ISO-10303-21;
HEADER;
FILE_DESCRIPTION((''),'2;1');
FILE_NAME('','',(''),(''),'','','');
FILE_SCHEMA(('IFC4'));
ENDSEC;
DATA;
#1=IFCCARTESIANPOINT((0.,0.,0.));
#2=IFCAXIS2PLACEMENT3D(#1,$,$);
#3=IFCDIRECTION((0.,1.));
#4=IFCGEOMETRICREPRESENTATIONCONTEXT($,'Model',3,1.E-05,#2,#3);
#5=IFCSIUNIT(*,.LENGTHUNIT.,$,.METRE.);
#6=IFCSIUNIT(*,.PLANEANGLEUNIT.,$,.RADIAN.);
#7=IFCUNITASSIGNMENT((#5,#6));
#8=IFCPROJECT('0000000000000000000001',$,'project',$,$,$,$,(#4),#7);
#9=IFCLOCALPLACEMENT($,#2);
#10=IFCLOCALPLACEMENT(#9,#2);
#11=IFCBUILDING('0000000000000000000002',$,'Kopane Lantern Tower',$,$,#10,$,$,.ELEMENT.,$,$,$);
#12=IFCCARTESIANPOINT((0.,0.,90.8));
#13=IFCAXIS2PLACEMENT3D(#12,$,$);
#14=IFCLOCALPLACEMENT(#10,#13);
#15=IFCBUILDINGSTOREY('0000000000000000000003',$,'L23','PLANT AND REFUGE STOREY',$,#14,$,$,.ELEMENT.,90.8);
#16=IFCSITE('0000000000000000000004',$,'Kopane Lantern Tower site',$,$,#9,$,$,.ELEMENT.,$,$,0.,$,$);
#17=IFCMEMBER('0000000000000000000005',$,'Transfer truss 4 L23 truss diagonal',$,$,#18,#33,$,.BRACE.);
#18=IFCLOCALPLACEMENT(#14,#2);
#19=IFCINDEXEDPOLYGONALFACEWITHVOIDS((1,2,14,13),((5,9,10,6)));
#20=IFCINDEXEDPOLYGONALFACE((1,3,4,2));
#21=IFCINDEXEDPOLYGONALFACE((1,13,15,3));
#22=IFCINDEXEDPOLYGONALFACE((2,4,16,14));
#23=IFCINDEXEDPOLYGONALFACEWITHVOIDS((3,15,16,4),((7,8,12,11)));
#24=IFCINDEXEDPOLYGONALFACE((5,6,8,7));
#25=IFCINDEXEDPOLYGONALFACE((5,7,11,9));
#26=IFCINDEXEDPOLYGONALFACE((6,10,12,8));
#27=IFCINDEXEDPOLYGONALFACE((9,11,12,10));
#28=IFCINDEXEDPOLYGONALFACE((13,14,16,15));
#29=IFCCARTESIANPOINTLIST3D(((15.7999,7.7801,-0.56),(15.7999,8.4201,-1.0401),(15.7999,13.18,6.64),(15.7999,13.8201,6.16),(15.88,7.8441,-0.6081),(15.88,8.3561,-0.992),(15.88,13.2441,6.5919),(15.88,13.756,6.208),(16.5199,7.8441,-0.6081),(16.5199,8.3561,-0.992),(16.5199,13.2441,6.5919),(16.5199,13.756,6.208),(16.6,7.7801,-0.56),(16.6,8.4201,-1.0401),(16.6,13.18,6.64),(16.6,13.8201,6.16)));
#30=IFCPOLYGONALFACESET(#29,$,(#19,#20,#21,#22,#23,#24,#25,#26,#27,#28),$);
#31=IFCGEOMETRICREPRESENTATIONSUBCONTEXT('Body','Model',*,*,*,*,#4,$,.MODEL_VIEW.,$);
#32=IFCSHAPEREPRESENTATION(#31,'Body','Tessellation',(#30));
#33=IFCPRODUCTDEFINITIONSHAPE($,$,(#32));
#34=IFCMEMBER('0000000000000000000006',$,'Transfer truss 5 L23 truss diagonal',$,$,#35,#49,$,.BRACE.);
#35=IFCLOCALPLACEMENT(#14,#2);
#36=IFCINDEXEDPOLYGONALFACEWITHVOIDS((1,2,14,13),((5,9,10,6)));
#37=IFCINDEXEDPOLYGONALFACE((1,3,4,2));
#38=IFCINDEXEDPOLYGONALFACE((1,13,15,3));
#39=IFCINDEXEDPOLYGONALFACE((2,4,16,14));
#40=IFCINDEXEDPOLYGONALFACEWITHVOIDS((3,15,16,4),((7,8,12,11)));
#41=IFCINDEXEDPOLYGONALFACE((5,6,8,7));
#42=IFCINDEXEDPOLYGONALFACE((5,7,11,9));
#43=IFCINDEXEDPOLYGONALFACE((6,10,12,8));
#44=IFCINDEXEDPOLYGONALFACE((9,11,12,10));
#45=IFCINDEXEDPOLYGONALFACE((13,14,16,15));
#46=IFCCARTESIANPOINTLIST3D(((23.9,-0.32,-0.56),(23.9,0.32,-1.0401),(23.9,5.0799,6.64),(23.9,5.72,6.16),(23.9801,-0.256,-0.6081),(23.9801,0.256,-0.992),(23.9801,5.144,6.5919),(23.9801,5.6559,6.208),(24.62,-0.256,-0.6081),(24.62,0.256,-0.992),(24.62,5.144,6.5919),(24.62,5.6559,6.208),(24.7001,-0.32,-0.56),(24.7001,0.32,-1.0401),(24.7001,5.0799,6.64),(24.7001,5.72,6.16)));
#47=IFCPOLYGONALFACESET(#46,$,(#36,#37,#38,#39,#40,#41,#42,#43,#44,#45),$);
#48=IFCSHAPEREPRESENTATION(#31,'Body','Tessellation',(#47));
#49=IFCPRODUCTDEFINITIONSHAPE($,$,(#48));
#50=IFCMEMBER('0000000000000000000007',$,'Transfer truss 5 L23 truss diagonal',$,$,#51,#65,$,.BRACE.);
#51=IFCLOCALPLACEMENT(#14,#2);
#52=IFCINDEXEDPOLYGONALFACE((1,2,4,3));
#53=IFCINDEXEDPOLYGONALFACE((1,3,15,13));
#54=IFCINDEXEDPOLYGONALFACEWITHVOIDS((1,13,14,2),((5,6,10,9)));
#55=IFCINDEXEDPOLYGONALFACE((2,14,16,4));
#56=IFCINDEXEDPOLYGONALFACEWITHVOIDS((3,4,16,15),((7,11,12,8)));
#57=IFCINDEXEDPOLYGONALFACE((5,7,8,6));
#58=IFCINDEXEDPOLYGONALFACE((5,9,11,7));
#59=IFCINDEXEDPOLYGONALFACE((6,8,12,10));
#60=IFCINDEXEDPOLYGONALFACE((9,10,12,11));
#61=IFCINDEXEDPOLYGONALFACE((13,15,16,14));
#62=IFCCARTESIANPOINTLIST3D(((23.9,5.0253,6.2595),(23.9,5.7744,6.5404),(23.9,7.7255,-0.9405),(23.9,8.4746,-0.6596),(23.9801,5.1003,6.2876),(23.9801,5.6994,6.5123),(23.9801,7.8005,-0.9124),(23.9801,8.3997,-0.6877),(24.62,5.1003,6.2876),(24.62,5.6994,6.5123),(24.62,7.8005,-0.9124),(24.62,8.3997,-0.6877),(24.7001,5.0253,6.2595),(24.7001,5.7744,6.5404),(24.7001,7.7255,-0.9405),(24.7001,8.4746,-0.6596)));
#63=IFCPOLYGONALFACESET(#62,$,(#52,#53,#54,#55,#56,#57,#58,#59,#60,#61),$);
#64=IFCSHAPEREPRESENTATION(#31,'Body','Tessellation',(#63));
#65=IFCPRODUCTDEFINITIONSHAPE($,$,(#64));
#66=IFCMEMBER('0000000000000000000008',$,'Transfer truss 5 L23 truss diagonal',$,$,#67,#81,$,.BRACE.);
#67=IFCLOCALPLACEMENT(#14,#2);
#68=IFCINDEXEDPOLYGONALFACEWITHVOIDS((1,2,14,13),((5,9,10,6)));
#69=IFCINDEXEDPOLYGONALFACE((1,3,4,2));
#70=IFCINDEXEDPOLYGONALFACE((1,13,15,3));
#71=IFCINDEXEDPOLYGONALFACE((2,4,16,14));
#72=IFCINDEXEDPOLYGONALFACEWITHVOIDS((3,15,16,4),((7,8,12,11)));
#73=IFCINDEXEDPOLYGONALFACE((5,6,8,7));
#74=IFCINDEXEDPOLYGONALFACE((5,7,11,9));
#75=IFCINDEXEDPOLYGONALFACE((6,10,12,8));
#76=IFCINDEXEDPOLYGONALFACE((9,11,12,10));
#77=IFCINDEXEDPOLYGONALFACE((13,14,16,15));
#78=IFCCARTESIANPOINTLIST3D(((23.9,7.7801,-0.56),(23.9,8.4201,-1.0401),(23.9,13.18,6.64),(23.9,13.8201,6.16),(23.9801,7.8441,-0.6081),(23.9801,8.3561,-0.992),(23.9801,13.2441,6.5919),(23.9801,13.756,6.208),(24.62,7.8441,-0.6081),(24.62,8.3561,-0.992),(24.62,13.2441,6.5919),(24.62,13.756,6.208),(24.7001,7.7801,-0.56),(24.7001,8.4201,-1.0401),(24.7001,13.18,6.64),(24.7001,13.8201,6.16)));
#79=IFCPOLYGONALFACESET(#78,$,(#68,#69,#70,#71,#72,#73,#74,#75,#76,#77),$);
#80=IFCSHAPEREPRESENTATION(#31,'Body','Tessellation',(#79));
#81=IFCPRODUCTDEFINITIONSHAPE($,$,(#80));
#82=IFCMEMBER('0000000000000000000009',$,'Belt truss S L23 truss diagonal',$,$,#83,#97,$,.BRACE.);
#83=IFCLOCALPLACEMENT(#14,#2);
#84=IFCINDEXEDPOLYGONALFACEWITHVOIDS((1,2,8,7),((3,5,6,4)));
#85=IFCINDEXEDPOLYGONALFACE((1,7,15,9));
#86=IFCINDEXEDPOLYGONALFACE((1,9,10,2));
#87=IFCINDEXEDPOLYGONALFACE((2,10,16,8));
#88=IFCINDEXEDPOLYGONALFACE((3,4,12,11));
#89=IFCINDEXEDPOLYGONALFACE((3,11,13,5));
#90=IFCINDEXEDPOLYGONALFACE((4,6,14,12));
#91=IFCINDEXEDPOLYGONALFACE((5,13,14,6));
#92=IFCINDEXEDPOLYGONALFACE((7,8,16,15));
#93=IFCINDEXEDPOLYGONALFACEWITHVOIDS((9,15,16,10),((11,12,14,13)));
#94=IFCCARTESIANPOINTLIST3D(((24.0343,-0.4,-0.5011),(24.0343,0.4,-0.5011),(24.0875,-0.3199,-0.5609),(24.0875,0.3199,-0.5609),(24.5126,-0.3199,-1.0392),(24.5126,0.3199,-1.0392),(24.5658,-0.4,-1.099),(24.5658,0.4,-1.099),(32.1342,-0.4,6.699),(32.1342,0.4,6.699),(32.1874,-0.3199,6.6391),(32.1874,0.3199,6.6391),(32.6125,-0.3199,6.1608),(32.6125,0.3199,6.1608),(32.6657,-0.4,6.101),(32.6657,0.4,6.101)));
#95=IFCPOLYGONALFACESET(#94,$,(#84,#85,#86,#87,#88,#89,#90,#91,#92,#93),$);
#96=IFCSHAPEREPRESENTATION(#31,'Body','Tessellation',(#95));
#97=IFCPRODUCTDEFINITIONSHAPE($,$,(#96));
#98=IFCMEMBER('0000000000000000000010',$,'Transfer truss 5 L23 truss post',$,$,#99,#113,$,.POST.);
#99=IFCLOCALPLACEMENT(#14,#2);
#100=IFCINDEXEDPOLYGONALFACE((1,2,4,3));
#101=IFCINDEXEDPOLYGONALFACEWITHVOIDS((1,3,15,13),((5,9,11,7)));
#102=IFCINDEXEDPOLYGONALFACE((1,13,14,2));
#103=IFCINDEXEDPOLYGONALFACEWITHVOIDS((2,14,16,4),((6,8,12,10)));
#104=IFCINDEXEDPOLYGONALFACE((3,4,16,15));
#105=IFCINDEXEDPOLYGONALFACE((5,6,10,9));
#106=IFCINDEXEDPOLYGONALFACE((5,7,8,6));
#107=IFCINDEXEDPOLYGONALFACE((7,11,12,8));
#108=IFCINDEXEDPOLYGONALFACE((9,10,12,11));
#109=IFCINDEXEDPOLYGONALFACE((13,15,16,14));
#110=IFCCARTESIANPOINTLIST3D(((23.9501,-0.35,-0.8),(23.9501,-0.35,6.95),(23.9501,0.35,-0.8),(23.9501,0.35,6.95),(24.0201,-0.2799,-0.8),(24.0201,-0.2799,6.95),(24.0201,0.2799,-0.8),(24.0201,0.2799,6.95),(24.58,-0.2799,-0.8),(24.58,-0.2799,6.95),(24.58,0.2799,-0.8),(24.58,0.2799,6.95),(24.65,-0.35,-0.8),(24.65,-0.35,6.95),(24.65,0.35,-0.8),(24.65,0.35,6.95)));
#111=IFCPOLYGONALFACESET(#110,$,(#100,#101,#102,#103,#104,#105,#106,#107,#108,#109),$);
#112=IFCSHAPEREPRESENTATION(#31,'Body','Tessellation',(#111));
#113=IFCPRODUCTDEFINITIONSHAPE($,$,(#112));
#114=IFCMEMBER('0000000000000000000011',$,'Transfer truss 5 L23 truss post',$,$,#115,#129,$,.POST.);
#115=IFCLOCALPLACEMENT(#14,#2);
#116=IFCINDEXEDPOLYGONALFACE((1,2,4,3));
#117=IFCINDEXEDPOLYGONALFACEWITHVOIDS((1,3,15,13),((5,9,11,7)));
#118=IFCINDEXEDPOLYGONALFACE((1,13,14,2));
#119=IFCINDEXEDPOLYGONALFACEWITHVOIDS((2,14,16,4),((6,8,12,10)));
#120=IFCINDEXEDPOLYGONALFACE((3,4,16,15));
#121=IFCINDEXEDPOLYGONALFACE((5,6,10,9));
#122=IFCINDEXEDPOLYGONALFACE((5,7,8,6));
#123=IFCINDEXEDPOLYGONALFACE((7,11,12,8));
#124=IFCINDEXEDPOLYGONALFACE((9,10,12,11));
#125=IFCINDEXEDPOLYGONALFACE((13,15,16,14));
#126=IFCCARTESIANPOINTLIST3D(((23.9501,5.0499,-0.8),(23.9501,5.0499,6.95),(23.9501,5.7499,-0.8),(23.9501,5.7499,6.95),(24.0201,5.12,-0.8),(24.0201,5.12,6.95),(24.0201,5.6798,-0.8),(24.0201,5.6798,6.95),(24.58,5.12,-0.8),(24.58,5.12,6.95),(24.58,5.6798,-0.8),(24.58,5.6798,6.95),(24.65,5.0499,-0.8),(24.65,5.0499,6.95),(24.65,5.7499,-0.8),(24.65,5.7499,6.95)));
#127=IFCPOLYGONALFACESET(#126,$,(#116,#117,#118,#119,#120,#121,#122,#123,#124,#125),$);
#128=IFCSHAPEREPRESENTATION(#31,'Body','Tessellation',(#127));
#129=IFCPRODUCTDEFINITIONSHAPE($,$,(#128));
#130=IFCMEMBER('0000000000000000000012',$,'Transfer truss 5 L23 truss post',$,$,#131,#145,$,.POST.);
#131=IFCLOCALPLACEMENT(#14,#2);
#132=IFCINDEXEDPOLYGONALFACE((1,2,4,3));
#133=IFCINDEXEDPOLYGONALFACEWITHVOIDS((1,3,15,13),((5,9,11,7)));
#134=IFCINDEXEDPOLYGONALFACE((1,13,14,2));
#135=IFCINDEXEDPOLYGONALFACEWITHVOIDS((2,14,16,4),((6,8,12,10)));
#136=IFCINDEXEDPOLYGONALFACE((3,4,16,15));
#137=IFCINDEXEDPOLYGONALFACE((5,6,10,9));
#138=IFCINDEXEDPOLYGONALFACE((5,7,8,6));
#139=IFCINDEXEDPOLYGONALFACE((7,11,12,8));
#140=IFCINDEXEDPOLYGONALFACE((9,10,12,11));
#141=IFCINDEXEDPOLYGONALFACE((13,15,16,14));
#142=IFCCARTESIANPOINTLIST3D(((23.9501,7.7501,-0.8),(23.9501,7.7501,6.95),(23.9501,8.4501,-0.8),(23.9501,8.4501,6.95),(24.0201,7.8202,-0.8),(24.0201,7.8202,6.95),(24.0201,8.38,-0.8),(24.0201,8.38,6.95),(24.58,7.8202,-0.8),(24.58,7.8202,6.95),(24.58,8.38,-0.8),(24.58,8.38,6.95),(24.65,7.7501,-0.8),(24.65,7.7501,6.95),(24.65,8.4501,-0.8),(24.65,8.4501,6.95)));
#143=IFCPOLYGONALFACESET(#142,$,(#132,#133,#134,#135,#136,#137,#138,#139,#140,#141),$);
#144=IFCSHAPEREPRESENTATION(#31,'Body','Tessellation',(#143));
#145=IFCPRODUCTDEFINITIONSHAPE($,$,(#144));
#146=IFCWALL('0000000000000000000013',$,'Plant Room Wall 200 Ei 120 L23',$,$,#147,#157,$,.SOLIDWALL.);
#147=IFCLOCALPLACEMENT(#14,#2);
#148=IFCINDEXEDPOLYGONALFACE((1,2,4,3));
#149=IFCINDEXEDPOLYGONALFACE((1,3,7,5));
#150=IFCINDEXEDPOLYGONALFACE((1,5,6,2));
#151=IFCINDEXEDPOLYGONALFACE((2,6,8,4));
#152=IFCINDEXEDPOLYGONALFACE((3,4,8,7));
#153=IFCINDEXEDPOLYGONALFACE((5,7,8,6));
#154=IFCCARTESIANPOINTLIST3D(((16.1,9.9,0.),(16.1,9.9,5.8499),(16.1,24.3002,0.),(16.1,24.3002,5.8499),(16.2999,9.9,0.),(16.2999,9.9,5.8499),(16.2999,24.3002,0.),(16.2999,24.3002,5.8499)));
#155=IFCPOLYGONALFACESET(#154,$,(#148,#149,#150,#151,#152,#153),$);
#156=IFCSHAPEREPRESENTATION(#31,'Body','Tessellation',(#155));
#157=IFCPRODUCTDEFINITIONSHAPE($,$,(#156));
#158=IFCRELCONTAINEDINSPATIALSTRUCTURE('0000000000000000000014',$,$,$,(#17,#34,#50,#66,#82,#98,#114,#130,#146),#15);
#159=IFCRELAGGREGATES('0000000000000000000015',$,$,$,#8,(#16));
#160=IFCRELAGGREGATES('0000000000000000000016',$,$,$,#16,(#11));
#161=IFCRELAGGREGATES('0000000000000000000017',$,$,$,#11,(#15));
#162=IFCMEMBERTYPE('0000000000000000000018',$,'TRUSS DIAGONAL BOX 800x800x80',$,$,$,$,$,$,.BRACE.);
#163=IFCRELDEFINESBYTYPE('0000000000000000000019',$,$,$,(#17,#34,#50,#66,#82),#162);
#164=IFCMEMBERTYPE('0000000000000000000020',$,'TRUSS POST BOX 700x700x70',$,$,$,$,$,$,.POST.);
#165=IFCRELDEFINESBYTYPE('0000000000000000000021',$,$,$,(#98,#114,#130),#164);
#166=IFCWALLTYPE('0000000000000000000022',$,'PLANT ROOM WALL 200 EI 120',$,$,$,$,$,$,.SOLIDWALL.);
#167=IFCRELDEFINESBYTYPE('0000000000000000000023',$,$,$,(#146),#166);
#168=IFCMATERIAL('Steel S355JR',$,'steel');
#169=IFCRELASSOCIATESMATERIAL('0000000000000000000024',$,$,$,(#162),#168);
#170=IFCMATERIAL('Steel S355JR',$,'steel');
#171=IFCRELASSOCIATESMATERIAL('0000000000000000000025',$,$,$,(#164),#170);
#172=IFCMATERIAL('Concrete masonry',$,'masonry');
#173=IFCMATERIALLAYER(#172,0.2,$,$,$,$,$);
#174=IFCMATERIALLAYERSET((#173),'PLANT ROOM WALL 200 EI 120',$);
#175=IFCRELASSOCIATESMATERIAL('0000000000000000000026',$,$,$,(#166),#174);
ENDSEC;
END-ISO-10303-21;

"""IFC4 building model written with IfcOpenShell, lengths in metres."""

from ifc_helpers import new_model, si_unit, direction, frame, frame_2d, origin, origin_2d, place, context, subcontext, project, spatial, rectangle, hollow_rectangle, extrude, material, layer, layer_set, material_profile, profile_set, type_object, element, save


model = new_model("IFC4")

# Units and contexts
model_context = context("Model", 3, precision=1e-05, world=origin(), true_north=direction((0.0, 1.0)))
body_context = subcontext(model_context, "Body", "Model", "MODEL_VIEW")
ifc_project = project(units=[si_unit("LENGTHUNIT", "METRE"), si_unit("PLANEANGLEUNIT", "RADIAN")], contexts=[model_context])

# Site, building, storey
site_placement = place(None, origin())
site = spatial("IfcSite", under=ifc_project, at=site_placement, Name="Kopane Lantern Tower site", CompositionType="ELEMENT", RefElevation=0.0)
building_placement = place(site_placement, origin())
building = spatial("IfcBuilding", under=site, at=building_placement, Name="Kopane Lantern Tower", CompositionType="ELEMENT")
storey_placement = place(building_placement, frame((0.0, 0.0, 90.8)))
storey = spatial("IfcBuildingStorey", under=building, at=storey_placement, Name="L23", Description="PLANT AND REFUGE STOREY", CompositionType="ELEMENT", Elevation=90.8)

# Members
ifc_material_1 = material(Name="Steel S355JR", Category="steel")
ifc_material_profile_1 = material_profile(ifc_material_1, hollow_rectangle(XDim=0.8, YDim=0.8, WallThickness=0.0801, at=origin_2d()), Name="BOX 800x800x80")
ifc_profile_set_1 = profile_set([ifc_material_profile_1], Name="Steel S355JR")
member_type_1 = type_object("IfcMemberType", Name="TRUSS DIAGONAL BOX 800x800x80", PredefinedType="BRACE", material=ifc_profile_set_1)
for number, where, z_axis, x_axis, name in (
    (1, (16.2, 8.1001, -0.8), (0.0, 0.599996, 0.800003), (-1.0, 0.0, 0.0), "Transfer truss 4 L23 truss diagonal"),
    (2, (24.3, 0.0, -0.8), (0.0, 0.599996, 0.800003), (-1.0, 0.0, 0.0), "Transfer truss 5 L23 truss diagonal"),
):
    element("IfcMember", number, at=place(storey_placement, frame(where, z_axis=z_axis, x_axis=x_axis)), inside=storey, type_object=member_type_1, Name=name, PredefinedType="BRACE", context=body_context, shape_type="SweptSolid", body=[
        extrude(hollow_rectangle(XDim=0.8, YDim=0.8, WallThickness=0.0801, at=origin_2d()), origin(), (0.0, 0.0, 1.0), 9.0),
    ])
member_1_placement = place(storey_placement, frame((24.3, 8.1001, -0.8), z_axis=(0.0, -0.351148, 0.93632), x_axis=(1.0, 0.0, 0.0)))
element("IfcMember", 3, at=member_1_placement, inside=storey, type_object=member_type_1, Name="Transfer truss 5 L23 truss diagonal", PredefinedType="BRACE", context=body_context, shape_type="SweptSolid", body=[
    extrude(hollow_rectangle(XDim=0.8, YDim=0.8, WallThickness=0.0801, at=origin_2d()), origin(), (0.0, 0.0, 1.0), 7.6897),
])
member_2_placement = place(storey_placement, frame((24.3, 8.1001, -0.8), z_axis=(0.0, 0.599996, 0.800003), x_axis=(-1.0, 0.0, 0.0)))
element("IfcMember", 4, at=member_2_placement, inside=storey, type_object=member_type_1, Name="Transfer truss 5 L23 truss diagonal", PredefinedType="BRACE", context=body_context, shape_type="SweptSolid", body=[
    extrude(hollow_rectangle(XDim=0.8, YDim=0.8, WallThickness=0.0801, at=origin_2d()), origin(), (0.0, 0.0, 1.0), 9.0),
])
member_3_placement = place(storey_placement, frame((24.3, 0.0, -0.8), z_axis=(0.747406, 0.0, 0.664368), x_axis=(0.0, 1.0, 0.0)))
element("IfcMember", 5, at=member_3_placement, inside=storey, type_object=member_type_1, Name="Belt truss S L23 truss diagonal", PredefinedType="BRACE", context=body_context, shape_type="SweptSolid", body=[
    extrude(hollow_rectangle(XDim=0.8, YDim=0.8, WallThickness=0.0801, at=origin_2d()), origin(), (0.0, 0.0, 1.0), 10.8374),
])
ifc_material_2 = material(Name="Steel S355JR", Category="steel")
ifc_material_profile_2 = material_profile(ifc_material_2, hollow_rectangle(XDim=0.7, YDim=0.7, WallThickness=0.0701, at=origin_2d()), Name="BOX 700x700x70")
ifc_profile_set_2 = profile_set([ifc_material_profile_2], Name="Steel S355JR")
member_type_2 = type_object("IfcMemberType", Name="TRUSS POST BOX 700x700x70", PredefinedType="POST", material=ifc_profile_set_2)
for number, where, z_axis, x_axis, name in (
    (6, (24.3, 0.0, -0.8), (0.0, 0.0, 1.0), (1.0, 0.0, 0.0), "Transfer truss 5 L23 truss post"),
    (7, (24.3, 5.3999, -0.8), (0.0, 0.0, 1.0), (1.0, 0.0, 0.0), "Transfer truss 5 L23 truss post"),
    (8, (24.3, 8.1001, -0.8), (0.0, 0.0, 1.0), (1.0, 0.0, 0.0), "Transfer truss 5 L23 truss post"),
):
    element("IfcMember", number, at=place(storey_placement, frame(where, z_axis=z_axis, x_axis=x_axis)), inside=storey, type_object=member_type_2, Name=name, PredefinedType="POST", context=body_context, shape_type="SweptSolid", body=[
        extrude(hollow_rectangle(XDim=0.7, YDim=0.7, WallThickness=0.0701, at=origin_2d()), origin(), (0.0, 0.0, 1.0), 7.75),
    ])

# Wall
ifc_material_3 = material(Name="Concrete masonry", Category="masonry")
ifc_layer = layer(ifc_material_3, 0.2)
ifc_layer_set = layer_set([ifc_layer], Name="PLANT ROOM WALL 200 EI 120")
wall_type = type_object("IfcWallType", Name="PLANT ROOM WALL 200 EI 120", PredefinedType="SOLIDWALL", material=ifc_layer_set)
wall_placement = place(storey_placement, frame((16.2, 9.8999, 0.0), z_axis=(0.0, 0.0, 1.0), x_axis=(0.0, 1.0, 0.0)))
element("IfcWall", 9, at=wall_placement, inside=storey, type_object=wall_type, Name="Plant Room Wall 200 Ei 120 L23", PredefinedType="SOLIDWALL", context=body_context, shape_type="SweptSolid", body=[
    extrude(rectangle(XDim=14.4001, YDim=0.2, at=frame_2d((7.2002, 0.0))), origin(), (0.0, 0.0, 1.0), 5.8499),
])

save(model, "model.ifc")
